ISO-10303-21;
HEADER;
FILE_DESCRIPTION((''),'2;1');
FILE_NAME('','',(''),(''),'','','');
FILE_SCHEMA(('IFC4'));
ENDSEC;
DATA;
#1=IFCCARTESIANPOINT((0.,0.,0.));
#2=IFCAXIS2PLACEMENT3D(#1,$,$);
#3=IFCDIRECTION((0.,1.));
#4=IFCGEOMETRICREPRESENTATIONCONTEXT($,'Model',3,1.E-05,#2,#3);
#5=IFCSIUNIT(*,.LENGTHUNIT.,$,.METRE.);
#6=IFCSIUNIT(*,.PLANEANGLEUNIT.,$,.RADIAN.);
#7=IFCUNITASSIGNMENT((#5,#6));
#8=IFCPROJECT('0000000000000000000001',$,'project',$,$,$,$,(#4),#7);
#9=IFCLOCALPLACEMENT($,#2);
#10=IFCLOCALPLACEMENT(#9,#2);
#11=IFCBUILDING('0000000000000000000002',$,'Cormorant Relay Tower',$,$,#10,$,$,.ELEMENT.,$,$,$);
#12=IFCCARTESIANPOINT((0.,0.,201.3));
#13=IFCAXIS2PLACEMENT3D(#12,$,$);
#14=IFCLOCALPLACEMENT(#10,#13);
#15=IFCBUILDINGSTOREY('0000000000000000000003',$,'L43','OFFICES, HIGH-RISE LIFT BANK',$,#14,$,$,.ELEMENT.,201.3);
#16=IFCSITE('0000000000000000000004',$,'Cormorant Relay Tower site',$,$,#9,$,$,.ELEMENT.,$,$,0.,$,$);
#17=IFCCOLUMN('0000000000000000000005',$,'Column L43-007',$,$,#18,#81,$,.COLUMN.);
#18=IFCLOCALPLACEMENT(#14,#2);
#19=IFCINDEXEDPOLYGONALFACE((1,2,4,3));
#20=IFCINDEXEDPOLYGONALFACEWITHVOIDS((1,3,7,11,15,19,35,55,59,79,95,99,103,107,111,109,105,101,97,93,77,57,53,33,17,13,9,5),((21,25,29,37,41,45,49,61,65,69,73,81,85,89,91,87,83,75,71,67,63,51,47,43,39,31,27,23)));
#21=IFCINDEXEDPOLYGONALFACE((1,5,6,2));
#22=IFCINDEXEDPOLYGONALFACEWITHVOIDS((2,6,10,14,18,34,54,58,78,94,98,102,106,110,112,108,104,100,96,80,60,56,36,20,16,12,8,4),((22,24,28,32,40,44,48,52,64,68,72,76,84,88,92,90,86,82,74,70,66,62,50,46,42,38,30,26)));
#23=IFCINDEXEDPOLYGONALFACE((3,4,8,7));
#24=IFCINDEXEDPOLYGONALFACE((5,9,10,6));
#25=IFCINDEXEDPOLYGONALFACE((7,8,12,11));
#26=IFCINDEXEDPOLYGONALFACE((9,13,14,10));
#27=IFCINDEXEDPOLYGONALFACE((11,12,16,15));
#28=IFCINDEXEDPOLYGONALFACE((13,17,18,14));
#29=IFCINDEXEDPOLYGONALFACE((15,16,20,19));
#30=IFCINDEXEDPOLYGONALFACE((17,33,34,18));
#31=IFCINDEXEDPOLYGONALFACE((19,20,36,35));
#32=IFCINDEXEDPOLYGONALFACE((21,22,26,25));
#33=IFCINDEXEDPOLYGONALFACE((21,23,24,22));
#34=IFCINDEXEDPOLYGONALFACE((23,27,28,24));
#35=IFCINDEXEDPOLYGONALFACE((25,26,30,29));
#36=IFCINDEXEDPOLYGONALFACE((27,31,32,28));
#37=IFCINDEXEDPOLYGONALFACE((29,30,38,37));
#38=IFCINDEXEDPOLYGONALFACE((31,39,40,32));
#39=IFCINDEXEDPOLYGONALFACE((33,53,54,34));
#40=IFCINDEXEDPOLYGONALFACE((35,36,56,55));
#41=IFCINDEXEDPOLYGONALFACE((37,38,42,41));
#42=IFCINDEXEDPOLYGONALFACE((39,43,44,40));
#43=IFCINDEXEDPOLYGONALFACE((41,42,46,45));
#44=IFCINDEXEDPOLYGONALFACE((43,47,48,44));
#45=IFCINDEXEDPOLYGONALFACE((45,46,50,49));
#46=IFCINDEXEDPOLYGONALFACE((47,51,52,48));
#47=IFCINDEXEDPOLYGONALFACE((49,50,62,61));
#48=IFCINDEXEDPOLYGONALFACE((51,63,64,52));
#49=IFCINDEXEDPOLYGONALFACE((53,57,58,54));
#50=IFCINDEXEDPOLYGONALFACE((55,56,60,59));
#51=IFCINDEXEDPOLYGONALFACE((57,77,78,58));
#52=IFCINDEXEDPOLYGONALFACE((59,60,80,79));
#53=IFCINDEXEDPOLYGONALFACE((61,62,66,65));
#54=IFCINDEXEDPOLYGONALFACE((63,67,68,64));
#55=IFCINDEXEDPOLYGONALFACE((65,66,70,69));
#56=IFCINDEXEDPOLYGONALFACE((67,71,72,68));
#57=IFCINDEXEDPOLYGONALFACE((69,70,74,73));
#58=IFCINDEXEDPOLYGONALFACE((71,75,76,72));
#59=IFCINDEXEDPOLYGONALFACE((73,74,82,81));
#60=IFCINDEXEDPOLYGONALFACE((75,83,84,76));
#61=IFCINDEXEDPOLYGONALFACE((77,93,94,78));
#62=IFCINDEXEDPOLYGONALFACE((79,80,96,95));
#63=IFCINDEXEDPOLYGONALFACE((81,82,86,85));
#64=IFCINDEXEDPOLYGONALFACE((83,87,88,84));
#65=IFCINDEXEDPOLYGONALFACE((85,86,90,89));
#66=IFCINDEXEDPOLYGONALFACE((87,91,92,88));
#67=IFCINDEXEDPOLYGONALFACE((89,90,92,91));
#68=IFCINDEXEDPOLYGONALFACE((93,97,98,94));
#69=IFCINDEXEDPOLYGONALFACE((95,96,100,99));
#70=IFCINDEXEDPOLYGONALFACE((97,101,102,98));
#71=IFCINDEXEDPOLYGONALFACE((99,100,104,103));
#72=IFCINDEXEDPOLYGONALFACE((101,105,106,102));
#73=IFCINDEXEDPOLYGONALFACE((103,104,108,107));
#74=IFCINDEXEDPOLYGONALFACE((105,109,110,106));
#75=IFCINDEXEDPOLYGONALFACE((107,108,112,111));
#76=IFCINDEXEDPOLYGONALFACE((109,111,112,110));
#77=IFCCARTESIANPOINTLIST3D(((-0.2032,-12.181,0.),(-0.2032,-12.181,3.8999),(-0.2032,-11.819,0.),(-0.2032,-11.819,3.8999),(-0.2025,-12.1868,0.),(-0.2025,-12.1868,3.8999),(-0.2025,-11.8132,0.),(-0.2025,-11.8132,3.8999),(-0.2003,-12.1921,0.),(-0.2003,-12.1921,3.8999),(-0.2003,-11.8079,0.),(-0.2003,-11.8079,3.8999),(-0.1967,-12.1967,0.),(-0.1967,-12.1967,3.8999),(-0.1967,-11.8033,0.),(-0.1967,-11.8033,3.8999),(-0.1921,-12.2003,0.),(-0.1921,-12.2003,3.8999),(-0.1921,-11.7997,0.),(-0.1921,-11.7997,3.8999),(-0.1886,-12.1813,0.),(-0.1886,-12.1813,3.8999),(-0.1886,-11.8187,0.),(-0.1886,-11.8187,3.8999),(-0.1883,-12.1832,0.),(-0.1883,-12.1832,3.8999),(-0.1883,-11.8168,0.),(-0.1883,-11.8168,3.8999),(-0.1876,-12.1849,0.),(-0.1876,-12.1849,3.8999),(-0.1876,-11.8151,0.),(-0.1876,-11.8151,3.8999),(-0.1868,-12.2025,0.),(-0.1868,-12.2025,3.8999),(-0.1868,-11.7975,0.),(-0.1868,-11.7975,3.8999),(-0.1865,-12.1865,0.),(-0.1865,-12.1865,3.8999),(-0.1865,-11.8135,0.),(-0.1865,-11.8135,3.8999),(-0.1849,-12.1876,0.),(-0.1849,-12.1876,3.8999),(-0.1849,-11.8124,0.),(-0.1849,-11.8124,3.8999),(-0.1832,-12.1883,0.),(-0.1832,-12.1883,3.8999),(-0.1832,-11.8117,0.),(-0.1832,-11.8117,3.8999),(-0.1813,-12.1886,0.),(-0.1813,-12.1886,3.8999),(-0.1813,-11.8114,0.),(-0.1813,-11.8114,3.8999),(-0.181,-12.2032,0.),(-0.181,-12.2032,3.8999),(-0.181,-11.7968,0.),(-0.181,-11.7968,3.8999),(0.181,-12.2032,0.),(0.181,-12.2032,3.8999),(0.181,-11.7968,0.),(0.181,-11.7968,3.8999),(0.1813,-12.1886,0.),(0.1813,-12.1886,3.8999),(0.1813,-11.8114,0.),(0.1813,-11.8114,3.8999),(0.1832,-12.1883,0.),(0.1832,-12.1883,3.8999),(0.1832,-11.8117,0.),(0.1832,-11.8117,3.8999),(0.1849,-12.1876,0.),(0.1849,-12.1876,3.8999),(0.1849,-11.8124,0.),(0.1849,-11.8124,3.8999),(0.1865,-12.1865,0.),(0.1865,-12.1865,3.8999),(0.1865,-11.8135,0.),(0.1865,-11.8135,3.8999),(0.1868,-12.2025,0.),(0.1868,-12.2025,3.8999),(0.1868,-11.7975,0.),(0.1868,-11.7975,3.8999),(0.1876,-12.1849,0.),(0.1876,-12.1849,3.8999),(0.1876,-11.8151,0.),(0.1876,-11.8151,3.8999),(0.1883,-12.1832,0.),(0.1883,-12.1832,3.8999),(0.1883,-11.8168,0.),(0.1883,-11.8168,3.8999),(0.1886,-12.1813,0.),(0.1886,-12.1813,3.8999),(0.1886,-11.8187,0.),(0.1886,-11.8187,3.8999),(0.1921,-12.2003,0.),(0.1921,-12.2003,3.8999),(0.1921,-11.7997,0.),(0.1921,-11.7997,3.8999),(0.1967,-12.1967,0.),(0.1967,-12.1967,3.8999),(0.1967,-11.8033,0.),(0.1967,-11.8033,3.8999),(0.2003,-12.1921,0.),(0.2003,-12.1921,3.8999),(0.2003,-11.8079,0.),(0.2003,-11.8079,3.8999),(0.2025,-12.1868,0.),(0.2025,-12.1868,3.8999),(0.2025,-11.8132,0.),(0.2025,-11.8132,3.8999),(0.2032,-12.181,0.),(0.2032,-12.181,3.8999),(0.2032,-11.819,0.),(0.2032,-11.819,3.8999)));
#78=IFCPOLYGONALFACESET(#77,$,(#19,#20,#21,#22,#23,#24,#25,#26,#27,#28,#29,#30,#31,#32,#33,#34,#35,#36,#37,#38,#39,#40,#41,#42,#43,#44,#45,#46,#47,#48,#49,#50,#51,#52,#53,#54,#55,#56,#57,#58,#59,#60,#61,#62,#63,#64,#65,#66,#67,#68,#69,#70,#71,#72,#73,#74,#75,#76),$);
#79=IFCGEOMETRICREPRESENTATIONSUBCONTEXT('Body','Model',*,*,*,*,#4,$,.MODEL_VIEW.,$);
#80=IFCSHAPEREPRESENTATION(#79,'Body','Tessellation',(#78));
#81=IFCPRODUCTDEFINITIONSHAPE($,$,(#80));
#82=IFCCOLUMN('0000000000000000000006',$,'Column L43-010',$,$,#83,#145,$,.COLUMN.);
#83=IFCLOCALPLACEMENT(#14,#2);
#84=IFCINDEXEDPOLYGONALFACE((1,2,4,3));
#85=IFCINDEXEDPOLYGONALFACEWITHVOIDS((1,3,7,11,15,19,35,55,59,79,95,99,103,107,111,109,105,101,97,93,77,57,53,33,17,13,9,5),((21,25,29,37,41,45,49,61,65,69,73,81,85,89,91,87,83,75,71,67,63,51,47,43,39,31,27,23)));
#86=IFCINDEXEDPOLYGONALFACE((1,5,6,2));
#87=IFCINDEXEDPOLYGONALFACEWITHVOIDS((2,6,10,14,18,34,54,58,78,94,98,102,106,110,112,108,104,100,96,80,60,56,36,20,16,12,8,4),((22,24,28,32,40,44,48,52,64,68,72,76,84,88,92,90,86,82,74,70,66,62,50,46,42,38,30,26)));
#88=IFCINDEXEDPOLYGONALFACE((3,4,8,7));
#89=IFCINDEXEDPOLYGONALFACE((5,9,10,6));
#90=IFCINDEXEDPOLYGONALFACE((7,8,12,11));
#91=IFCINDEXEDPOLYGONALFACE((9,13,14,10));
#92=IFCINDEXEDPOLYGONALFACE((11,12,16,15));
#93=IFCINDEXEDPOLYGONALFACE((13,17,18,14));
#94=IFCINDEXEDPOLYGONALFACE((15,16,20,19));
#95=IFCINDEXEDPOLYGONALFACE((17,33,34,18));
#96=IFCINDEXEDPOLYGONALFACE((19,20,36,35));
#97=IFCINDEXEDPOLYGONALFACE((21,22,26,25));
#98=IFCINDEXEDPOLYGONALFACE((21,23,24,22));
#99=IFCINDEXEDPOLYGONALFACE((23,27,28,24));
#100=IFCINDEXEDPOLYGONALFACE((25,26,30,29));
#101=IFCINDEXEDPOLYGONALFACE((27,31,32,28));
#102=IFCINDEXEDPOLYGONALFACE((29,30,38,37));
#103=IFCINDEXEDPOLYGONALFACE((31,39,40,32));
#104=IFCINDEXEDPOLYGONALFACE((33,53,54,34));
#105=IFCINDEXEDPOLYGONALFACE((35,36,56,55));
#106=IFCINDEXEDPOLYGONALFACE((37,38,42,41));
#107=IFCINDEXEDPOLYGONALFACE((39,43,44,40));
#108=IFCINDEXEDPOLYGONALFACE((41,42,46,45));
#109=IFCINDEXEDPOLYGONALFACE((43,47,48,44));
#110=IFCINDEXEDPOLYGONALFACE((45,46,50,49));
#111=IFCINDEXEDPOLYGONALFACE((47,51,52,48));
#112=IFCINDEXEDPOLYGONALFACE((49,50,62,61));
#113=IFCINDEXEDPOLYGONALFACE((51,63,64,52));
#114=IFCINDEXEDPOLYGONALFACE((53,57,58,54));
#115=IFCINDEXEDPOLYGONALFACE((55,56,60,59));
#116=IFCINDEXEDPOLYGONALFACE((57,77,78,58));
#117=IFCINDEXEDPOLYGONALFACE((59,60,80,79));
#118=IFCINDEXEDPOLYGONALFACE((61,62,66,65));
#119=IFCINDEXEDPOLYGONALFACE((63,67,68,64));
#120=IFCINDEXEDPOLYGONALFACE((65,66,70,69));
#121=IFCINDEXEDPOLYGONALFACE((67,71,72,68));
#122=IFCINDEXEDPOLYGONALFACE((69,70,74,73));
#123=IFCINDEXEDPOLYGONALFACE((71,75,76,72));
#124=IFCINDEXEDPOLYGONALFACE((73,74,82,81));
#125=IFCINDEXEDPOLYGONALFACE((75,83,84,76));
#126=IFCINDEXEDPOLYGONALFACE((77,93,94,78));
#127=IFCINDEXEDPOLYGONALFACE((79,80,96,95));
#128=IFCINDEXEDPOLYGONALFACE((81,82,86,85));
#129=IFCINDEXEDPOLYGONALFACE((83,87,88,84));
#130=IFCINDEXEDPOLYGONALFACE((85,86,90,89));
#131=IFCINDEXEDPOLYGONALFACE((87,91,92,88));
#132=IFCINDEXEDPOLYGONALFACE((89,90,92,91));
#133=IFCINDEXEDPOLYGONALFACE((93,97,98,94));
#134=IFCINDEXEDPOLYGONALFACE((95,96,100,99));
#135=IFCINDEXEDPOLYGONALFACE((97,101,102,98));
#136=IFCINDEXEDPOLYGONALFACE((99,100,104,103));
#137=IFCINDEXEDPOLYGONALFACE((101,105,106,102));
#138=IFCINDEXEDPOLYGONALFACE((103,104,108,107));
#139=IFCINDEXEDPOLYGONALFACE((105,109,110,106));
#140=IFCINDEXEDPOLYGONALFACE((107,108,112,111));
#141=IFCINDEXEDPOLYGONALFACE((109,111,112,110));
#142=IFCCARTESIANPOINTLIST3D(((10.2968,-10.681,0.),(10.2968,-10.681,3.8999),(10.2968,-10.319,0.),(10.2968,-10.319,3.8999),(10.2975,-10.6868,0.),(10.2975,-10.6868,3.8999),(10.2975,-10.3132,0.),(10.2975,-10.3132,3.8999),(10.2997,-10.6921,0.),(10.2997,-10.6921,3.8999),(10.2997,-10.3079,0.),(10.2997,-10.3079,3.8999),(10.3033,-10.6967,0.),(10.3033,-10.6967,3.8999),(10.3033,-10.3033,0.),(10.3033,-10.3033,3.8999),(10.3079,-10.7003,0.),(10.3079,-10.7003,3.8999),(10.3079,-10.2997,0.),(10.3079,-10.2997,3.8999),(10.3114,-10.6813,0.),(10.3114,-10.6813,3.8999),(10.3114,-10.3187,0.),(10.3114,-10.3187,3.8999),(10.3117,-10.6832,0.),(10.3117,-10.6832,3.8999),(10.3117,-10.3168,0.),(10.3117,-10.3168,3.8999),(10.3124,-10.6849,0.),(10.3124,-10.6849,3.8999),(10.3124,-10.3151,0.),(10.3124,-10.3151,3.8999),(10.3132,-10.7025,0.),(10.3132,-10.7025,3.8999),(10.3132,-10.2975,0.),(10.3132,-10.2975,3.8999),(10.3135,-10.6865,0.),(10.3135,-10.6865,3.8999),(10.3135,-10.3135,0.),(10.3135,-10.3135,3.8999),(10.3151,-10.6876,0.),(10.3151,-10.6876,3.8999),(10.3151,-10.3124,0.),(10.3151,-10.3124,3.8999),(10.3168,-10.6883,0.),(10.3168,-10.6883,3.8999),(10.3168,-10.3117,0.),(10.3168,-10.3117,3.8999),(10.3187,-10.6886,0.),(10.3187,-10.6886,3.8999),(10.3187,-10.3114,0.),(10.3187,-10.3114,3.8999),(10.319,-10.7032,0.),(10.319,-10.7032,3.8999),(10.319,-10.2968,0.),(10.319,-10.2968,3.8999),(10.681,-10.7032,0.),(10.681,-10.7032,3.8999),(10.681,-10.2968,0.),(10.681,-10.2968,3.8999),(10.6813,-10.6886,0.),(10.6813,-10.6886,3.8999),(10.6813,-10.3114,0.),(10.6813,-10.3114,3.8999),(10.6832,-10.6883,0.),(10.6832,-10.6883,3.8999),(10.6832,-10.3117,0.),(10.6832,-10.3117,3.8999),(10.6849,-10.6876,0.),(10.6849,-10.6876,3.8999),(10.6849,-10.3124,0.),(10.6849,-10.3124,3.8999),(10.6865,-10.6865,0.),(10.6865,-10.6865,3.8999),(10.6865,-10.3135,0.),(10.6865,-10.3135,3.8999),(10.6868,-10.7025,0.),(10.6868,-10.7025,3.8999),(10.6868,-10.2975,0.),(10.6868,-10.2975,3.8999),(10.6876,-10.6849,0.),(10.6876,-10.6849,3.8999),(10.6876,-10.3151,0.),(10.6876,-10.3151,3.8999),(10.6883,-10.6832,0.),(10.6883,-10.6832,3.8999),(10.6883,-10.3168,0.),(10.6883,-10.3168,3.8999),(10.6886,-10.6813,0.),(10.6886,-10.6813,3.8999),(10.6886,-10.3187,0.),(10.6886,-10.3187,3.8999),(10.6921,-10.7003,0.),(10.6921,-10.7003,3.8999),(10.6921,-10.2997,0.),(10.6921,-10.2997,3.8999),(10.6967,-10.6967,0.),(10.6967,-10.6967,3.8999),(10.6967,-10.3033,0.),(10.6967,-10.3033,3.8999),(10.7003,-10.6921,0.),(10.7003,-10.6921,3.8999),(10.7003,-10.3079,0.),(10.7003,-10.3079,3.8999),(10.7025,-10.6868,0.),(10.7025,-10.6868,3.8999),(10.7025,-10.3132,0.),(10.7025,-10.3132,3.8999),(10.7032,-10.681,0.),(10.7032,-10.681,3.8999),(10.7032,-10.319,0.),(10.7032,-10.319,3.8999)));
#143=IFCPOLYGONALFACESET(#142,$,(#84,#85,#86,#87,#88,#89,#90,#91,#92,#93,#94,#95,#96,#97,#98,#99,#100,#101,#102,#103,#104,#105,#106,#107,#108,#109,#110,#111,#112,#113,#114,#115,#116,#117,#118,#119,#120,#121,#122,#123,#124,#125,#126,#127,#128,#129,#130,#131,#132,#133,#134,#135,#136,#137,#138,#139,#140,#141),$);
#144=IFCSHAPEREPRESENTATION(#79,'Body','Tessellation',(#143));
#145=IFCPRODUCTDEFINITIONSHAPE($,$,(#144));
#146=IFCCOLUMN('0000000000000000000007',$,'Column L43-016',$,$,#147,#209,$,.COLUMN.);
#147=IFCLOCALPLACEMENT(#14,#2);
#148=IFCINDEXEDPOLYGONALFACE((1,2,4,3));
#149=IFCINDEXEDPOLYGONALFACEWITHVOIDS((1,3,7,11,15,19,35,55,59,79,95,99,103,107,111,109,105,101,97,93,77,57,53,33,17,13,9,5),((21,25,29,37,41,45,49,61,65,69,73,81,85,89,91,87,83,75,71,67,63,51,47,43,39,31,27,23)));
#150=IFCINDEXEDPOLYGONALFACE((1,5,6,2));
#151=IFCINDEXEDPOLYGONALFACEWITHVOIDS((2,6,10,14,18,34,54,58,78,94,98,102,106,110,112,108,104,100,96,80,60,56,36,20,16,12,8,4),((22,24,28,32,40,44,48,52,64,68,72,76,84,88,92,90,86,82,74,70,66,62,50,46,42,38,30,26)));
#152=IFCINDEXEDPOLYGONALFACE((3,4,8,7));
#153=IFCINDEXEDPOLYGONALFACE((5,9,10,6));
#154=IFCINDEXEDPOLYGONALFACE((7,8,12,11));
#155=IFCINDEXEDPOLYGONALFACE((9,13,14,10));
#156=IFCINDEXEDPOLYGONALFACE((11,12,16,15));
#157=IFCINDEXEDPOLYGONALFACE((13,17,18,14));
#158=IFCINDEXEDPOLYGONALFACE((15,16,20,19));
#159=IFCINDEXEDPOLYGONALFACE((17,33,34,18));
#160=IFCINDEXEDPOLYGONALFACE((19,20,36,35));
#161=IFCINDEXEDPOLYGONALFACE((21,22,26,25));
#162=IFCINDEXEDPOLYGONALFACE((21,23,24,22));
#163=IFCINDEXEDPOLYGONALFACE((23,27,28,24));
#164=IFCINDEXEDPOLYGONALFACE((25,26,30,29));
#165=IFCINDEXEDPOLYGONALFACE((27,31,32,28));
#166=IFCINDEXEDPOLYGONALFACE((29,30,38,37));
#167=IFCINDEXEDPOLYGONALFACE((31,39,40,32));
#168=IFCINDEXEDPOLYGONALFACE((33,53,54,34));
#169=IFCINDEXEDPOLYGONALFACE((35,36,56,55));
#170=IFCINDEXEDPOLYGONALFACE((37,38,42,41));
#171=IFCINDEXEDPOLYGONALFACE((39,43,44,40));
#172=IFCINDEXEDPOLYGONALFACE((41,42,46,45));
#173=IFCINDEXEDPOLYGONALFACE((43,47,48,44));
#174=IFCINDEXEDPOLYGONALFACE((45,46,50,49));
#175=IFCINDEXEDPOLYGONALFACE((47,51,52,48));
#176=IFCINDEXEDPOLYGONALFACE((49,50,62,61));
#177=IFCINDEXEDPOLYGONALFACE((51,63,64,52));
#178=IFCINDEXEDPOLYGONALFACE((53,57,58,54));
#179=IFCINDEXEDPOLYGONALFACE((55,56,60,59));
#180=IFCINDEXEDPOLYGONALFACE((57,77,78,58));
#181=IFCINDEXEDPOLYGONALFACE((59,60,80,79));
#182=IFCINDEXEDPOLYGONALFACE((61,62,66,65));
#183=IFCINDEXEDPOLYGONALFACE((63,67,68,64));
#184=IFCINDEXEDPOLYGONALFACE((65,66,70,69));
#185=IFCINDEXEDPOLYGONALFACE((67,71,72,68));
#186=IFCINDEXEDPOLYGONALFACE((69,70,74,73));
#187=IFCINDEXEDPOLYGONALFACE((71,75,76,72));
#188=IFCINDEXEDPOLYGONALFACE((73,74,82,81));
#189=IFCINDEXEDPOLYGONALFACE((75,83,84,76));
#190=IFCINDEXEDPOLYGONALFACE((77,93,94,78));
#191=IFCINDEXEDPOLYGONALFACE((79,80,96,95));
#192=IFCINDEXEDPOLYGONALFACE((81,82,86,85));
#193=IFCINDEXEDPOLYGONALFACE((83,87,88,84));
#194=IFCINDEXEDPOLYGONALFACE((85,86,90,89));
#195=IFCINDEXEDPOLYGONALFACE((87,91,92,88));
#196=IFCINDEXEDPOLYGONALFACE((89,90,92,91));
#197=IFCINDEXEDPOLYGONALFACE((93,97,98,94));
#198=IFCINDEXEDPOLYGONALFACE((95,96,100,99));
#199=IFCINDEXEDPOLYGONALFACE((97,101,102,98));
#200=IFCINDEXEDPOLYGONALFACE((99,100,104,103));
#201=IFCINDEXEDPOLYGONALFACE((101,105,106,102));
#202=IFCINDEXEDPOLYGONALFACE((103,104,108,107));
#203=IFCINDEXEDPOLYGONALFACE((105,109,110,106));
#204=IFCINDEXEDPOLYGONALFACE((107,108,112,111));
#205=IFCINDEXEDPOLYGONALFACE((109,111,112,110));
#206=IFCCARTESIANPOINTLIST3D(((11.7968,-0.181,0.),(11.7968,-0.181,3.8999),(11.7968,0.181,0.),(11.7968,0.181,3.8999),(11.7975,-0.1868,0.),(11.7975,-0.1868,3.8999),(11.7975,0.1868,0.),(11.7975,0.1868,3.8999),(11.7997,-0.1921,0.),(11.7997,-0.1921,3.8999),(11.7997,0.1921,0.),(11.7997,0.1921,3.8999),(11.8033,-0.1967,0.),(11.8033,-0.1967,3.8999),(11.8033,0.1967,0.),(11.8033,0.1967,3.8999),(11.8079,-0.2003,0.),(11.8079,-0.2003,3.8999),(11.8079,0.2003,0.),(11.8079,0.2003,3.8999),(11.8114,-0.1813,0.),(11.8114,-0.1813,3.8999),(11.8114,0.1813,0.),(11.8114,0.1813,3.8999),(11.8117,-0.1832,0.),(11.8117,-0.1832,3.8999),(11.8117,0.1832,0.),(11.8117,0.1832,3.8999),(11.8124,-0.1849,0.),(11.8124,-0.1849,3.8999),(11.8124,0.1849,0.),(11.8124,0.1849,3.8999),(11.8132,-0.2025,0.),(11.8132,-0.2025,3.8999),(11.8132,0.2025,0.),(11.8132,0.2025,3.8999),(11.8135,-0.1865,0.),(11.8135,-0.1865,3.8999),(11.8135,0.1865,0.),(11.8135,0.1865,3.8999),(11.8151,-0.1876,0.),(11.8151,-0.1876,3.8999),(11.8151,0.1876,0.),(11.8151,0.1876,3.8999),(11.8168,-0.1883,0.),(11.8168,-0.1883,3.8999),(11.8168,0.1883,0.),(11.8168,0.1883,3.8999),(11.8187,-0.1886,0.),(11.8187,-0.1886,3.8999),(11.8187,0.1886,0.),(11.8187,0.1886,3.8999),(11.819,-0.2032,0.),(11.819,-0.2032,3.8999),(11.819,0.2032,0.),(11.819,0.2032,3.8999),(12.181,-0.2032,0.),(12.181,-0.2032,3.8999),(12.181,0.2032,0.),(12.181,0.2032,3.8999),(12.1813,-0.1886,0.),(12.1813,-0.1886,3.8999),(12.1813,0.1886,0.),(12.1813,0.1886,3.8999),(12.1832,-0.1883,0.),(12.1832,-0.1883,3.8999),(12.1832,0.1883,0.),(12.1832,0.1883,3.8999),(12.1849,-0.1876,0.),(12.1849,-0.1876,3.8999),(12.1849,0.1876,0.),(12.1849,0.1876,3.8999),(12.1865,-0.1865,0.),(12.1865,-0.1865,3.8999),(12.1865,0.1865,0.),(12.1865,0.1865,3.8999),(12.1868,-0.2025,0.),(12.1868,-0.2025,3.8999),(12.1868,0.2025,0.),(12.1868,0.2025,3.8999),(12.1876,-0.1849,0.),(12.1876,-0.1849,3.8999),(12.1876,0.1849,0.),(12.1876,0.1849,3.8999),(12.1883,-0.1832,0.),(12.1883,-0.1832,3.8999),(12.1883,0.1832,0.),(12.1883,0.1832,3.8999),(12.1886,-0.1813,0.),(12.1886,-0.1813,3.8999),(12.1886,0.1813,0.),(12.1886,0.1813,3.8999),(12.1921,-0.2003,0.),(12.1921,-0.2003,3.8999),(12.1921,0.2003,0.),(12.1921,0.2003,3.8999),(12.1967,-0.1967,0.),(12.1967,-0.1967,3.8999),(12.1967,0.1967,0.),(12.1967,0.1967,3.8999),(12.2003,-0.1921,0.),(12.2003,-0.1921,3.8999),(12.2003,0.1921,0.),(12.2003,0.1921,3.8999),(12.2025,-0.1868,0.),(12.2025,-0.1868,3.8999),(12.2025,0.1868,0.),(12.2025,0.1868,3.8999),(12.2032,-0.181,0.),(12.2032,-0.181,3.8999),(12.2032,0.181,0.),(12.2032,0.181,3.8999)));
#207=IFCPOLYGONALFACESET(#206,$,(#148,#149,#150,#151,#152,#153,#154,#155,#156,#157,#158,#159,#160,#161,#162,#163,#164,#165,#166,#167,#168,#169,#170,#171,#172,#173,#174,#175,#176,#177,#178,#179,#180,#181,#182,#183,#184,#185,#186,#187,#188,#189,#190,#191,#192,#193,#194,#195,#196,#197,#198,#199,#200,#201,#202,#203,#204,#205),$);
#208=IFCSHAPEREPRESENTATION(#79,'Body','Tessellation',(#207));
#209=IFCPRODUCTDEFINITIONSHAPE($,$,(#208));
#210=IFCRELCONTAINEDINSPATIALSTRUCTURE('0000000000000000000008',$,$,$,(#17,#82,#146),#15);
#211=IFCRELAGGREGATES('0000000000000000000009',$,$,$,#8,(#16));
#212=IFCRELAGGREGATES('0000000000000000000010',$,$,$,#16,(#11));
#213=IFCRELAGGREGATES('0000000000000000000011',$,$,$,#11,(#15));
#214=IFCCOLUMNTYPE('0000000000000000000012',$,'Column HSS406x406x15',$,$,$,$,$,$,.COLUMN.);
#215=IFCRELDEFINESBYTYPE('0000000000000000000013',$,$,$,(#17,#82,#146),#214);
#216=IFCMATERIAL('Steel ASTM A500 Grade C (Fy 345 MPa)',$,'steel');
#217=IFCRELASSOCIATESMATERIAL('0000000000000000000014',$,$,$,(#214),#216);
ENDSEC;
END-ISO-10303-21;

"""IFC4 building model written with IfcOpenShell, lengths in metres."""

from ifc_helpers import new_model, si_unit, direction, frame, origin, origin_2d, place, context, subcontext, project, spatial, hollow_rectangle, extrude, material, material_profile, profile_set, type_object, element, save


model = new_model("IFC4")

# Units and contexts
model_context = context("Model", 3, precision=1e-05, world=origin(), true_north=direction((0.0, 1.0)))
body_context = subcontext(model_context, "Body", "Model", "MODEL_VIEW")
ifc_project = project(units=[si_unit("LENGTHUNIT", "METRE"), si_unit("PLANEANGLEUNIT", "RADIAN")], contexts=[model_context])

# Site, building, storey
site_placement = place(None, origin())
site = spatial("IfcSite", under=ifc_project, at=site_placement, Name="Cormorant Relay Tower site", CompositionType="ELEMENT", RefElevation=0.0)
building_placement = place(site_placement, origin())
building = spatial("IfcBuilding", under=site, at=building_placement, Name="Cormorant Relay Tower", CompositionType="ELEMENT")
storey_placement = place(building_placement, frame((0.0, 0.0, 201.3)))
storey = spatial("IfcBuildingStorey", under=building, at=storey_placement, Name="L43", Description="OFFICES, HIGH-RISE LIFT BANK", CompositionType="ELEMENT", Elevation=201.3)

# Columns
ifc_material_1 = material(Name="Steel ASTM A500 Grade C (Fy 345 MPa)", Category="steel")
ifc_material_profile = material_profile(ifc_material_1, hollow_rectangle(XDim=0.4065, YDim=0.4065, WallThickness=0.0146, InnerFilletRadius=0.0073, OuterFilletRadius=0.0222, at=origin_2d()), Name="HSS406x406x15")
ifc_profile_set = profile_set([ifc_material_profile], Name="Steel ASTM A500 Grade C (Fy 345 MPa)")
column_type = type_object("IfcColumnType", Name="Column HSS406x406x15", PredefinedType="COLUMN", material=ifc_profile_set)
for number, where, z_axis, x_axis, name in (
    (1, (0.0, -12.0, 0.0), (0.0, 0.0, 1.0), (1.0, 0.0, 0.0), "Column L43-007"),
    (2, (10.5, -10.5, 0.0), (0.0, 0.0, 1.0), (1.0, 0.0, 0.0), "Column L43-010"),
    (3, (12.0, 0.0, 0.0), (0.0, 0.0, 1.0), (1.0, 0.0, 0.0), "Column L43-016"),
):
    element("IfcColumn", number, at=place(storey_placement, frame(where, z_axis=z_axis, x_axis=x_axis)), inside=storey, type_object=column_type, Name=name, PredefinedType="COLUMN", context=body_context, shape_type="SweptSolid", body=[
        extrude(hollow_rectangle(XDim=0.4065, YDim=0.4065, WallThickness=0.0146, InnerFilletRadius=0.0073, OuterFilletRadius=0.0222, at=origin_2d()), origin(), (0.0, 0.0, 1.0), 3.8999),
    ])

save(model, "model.ifc")
